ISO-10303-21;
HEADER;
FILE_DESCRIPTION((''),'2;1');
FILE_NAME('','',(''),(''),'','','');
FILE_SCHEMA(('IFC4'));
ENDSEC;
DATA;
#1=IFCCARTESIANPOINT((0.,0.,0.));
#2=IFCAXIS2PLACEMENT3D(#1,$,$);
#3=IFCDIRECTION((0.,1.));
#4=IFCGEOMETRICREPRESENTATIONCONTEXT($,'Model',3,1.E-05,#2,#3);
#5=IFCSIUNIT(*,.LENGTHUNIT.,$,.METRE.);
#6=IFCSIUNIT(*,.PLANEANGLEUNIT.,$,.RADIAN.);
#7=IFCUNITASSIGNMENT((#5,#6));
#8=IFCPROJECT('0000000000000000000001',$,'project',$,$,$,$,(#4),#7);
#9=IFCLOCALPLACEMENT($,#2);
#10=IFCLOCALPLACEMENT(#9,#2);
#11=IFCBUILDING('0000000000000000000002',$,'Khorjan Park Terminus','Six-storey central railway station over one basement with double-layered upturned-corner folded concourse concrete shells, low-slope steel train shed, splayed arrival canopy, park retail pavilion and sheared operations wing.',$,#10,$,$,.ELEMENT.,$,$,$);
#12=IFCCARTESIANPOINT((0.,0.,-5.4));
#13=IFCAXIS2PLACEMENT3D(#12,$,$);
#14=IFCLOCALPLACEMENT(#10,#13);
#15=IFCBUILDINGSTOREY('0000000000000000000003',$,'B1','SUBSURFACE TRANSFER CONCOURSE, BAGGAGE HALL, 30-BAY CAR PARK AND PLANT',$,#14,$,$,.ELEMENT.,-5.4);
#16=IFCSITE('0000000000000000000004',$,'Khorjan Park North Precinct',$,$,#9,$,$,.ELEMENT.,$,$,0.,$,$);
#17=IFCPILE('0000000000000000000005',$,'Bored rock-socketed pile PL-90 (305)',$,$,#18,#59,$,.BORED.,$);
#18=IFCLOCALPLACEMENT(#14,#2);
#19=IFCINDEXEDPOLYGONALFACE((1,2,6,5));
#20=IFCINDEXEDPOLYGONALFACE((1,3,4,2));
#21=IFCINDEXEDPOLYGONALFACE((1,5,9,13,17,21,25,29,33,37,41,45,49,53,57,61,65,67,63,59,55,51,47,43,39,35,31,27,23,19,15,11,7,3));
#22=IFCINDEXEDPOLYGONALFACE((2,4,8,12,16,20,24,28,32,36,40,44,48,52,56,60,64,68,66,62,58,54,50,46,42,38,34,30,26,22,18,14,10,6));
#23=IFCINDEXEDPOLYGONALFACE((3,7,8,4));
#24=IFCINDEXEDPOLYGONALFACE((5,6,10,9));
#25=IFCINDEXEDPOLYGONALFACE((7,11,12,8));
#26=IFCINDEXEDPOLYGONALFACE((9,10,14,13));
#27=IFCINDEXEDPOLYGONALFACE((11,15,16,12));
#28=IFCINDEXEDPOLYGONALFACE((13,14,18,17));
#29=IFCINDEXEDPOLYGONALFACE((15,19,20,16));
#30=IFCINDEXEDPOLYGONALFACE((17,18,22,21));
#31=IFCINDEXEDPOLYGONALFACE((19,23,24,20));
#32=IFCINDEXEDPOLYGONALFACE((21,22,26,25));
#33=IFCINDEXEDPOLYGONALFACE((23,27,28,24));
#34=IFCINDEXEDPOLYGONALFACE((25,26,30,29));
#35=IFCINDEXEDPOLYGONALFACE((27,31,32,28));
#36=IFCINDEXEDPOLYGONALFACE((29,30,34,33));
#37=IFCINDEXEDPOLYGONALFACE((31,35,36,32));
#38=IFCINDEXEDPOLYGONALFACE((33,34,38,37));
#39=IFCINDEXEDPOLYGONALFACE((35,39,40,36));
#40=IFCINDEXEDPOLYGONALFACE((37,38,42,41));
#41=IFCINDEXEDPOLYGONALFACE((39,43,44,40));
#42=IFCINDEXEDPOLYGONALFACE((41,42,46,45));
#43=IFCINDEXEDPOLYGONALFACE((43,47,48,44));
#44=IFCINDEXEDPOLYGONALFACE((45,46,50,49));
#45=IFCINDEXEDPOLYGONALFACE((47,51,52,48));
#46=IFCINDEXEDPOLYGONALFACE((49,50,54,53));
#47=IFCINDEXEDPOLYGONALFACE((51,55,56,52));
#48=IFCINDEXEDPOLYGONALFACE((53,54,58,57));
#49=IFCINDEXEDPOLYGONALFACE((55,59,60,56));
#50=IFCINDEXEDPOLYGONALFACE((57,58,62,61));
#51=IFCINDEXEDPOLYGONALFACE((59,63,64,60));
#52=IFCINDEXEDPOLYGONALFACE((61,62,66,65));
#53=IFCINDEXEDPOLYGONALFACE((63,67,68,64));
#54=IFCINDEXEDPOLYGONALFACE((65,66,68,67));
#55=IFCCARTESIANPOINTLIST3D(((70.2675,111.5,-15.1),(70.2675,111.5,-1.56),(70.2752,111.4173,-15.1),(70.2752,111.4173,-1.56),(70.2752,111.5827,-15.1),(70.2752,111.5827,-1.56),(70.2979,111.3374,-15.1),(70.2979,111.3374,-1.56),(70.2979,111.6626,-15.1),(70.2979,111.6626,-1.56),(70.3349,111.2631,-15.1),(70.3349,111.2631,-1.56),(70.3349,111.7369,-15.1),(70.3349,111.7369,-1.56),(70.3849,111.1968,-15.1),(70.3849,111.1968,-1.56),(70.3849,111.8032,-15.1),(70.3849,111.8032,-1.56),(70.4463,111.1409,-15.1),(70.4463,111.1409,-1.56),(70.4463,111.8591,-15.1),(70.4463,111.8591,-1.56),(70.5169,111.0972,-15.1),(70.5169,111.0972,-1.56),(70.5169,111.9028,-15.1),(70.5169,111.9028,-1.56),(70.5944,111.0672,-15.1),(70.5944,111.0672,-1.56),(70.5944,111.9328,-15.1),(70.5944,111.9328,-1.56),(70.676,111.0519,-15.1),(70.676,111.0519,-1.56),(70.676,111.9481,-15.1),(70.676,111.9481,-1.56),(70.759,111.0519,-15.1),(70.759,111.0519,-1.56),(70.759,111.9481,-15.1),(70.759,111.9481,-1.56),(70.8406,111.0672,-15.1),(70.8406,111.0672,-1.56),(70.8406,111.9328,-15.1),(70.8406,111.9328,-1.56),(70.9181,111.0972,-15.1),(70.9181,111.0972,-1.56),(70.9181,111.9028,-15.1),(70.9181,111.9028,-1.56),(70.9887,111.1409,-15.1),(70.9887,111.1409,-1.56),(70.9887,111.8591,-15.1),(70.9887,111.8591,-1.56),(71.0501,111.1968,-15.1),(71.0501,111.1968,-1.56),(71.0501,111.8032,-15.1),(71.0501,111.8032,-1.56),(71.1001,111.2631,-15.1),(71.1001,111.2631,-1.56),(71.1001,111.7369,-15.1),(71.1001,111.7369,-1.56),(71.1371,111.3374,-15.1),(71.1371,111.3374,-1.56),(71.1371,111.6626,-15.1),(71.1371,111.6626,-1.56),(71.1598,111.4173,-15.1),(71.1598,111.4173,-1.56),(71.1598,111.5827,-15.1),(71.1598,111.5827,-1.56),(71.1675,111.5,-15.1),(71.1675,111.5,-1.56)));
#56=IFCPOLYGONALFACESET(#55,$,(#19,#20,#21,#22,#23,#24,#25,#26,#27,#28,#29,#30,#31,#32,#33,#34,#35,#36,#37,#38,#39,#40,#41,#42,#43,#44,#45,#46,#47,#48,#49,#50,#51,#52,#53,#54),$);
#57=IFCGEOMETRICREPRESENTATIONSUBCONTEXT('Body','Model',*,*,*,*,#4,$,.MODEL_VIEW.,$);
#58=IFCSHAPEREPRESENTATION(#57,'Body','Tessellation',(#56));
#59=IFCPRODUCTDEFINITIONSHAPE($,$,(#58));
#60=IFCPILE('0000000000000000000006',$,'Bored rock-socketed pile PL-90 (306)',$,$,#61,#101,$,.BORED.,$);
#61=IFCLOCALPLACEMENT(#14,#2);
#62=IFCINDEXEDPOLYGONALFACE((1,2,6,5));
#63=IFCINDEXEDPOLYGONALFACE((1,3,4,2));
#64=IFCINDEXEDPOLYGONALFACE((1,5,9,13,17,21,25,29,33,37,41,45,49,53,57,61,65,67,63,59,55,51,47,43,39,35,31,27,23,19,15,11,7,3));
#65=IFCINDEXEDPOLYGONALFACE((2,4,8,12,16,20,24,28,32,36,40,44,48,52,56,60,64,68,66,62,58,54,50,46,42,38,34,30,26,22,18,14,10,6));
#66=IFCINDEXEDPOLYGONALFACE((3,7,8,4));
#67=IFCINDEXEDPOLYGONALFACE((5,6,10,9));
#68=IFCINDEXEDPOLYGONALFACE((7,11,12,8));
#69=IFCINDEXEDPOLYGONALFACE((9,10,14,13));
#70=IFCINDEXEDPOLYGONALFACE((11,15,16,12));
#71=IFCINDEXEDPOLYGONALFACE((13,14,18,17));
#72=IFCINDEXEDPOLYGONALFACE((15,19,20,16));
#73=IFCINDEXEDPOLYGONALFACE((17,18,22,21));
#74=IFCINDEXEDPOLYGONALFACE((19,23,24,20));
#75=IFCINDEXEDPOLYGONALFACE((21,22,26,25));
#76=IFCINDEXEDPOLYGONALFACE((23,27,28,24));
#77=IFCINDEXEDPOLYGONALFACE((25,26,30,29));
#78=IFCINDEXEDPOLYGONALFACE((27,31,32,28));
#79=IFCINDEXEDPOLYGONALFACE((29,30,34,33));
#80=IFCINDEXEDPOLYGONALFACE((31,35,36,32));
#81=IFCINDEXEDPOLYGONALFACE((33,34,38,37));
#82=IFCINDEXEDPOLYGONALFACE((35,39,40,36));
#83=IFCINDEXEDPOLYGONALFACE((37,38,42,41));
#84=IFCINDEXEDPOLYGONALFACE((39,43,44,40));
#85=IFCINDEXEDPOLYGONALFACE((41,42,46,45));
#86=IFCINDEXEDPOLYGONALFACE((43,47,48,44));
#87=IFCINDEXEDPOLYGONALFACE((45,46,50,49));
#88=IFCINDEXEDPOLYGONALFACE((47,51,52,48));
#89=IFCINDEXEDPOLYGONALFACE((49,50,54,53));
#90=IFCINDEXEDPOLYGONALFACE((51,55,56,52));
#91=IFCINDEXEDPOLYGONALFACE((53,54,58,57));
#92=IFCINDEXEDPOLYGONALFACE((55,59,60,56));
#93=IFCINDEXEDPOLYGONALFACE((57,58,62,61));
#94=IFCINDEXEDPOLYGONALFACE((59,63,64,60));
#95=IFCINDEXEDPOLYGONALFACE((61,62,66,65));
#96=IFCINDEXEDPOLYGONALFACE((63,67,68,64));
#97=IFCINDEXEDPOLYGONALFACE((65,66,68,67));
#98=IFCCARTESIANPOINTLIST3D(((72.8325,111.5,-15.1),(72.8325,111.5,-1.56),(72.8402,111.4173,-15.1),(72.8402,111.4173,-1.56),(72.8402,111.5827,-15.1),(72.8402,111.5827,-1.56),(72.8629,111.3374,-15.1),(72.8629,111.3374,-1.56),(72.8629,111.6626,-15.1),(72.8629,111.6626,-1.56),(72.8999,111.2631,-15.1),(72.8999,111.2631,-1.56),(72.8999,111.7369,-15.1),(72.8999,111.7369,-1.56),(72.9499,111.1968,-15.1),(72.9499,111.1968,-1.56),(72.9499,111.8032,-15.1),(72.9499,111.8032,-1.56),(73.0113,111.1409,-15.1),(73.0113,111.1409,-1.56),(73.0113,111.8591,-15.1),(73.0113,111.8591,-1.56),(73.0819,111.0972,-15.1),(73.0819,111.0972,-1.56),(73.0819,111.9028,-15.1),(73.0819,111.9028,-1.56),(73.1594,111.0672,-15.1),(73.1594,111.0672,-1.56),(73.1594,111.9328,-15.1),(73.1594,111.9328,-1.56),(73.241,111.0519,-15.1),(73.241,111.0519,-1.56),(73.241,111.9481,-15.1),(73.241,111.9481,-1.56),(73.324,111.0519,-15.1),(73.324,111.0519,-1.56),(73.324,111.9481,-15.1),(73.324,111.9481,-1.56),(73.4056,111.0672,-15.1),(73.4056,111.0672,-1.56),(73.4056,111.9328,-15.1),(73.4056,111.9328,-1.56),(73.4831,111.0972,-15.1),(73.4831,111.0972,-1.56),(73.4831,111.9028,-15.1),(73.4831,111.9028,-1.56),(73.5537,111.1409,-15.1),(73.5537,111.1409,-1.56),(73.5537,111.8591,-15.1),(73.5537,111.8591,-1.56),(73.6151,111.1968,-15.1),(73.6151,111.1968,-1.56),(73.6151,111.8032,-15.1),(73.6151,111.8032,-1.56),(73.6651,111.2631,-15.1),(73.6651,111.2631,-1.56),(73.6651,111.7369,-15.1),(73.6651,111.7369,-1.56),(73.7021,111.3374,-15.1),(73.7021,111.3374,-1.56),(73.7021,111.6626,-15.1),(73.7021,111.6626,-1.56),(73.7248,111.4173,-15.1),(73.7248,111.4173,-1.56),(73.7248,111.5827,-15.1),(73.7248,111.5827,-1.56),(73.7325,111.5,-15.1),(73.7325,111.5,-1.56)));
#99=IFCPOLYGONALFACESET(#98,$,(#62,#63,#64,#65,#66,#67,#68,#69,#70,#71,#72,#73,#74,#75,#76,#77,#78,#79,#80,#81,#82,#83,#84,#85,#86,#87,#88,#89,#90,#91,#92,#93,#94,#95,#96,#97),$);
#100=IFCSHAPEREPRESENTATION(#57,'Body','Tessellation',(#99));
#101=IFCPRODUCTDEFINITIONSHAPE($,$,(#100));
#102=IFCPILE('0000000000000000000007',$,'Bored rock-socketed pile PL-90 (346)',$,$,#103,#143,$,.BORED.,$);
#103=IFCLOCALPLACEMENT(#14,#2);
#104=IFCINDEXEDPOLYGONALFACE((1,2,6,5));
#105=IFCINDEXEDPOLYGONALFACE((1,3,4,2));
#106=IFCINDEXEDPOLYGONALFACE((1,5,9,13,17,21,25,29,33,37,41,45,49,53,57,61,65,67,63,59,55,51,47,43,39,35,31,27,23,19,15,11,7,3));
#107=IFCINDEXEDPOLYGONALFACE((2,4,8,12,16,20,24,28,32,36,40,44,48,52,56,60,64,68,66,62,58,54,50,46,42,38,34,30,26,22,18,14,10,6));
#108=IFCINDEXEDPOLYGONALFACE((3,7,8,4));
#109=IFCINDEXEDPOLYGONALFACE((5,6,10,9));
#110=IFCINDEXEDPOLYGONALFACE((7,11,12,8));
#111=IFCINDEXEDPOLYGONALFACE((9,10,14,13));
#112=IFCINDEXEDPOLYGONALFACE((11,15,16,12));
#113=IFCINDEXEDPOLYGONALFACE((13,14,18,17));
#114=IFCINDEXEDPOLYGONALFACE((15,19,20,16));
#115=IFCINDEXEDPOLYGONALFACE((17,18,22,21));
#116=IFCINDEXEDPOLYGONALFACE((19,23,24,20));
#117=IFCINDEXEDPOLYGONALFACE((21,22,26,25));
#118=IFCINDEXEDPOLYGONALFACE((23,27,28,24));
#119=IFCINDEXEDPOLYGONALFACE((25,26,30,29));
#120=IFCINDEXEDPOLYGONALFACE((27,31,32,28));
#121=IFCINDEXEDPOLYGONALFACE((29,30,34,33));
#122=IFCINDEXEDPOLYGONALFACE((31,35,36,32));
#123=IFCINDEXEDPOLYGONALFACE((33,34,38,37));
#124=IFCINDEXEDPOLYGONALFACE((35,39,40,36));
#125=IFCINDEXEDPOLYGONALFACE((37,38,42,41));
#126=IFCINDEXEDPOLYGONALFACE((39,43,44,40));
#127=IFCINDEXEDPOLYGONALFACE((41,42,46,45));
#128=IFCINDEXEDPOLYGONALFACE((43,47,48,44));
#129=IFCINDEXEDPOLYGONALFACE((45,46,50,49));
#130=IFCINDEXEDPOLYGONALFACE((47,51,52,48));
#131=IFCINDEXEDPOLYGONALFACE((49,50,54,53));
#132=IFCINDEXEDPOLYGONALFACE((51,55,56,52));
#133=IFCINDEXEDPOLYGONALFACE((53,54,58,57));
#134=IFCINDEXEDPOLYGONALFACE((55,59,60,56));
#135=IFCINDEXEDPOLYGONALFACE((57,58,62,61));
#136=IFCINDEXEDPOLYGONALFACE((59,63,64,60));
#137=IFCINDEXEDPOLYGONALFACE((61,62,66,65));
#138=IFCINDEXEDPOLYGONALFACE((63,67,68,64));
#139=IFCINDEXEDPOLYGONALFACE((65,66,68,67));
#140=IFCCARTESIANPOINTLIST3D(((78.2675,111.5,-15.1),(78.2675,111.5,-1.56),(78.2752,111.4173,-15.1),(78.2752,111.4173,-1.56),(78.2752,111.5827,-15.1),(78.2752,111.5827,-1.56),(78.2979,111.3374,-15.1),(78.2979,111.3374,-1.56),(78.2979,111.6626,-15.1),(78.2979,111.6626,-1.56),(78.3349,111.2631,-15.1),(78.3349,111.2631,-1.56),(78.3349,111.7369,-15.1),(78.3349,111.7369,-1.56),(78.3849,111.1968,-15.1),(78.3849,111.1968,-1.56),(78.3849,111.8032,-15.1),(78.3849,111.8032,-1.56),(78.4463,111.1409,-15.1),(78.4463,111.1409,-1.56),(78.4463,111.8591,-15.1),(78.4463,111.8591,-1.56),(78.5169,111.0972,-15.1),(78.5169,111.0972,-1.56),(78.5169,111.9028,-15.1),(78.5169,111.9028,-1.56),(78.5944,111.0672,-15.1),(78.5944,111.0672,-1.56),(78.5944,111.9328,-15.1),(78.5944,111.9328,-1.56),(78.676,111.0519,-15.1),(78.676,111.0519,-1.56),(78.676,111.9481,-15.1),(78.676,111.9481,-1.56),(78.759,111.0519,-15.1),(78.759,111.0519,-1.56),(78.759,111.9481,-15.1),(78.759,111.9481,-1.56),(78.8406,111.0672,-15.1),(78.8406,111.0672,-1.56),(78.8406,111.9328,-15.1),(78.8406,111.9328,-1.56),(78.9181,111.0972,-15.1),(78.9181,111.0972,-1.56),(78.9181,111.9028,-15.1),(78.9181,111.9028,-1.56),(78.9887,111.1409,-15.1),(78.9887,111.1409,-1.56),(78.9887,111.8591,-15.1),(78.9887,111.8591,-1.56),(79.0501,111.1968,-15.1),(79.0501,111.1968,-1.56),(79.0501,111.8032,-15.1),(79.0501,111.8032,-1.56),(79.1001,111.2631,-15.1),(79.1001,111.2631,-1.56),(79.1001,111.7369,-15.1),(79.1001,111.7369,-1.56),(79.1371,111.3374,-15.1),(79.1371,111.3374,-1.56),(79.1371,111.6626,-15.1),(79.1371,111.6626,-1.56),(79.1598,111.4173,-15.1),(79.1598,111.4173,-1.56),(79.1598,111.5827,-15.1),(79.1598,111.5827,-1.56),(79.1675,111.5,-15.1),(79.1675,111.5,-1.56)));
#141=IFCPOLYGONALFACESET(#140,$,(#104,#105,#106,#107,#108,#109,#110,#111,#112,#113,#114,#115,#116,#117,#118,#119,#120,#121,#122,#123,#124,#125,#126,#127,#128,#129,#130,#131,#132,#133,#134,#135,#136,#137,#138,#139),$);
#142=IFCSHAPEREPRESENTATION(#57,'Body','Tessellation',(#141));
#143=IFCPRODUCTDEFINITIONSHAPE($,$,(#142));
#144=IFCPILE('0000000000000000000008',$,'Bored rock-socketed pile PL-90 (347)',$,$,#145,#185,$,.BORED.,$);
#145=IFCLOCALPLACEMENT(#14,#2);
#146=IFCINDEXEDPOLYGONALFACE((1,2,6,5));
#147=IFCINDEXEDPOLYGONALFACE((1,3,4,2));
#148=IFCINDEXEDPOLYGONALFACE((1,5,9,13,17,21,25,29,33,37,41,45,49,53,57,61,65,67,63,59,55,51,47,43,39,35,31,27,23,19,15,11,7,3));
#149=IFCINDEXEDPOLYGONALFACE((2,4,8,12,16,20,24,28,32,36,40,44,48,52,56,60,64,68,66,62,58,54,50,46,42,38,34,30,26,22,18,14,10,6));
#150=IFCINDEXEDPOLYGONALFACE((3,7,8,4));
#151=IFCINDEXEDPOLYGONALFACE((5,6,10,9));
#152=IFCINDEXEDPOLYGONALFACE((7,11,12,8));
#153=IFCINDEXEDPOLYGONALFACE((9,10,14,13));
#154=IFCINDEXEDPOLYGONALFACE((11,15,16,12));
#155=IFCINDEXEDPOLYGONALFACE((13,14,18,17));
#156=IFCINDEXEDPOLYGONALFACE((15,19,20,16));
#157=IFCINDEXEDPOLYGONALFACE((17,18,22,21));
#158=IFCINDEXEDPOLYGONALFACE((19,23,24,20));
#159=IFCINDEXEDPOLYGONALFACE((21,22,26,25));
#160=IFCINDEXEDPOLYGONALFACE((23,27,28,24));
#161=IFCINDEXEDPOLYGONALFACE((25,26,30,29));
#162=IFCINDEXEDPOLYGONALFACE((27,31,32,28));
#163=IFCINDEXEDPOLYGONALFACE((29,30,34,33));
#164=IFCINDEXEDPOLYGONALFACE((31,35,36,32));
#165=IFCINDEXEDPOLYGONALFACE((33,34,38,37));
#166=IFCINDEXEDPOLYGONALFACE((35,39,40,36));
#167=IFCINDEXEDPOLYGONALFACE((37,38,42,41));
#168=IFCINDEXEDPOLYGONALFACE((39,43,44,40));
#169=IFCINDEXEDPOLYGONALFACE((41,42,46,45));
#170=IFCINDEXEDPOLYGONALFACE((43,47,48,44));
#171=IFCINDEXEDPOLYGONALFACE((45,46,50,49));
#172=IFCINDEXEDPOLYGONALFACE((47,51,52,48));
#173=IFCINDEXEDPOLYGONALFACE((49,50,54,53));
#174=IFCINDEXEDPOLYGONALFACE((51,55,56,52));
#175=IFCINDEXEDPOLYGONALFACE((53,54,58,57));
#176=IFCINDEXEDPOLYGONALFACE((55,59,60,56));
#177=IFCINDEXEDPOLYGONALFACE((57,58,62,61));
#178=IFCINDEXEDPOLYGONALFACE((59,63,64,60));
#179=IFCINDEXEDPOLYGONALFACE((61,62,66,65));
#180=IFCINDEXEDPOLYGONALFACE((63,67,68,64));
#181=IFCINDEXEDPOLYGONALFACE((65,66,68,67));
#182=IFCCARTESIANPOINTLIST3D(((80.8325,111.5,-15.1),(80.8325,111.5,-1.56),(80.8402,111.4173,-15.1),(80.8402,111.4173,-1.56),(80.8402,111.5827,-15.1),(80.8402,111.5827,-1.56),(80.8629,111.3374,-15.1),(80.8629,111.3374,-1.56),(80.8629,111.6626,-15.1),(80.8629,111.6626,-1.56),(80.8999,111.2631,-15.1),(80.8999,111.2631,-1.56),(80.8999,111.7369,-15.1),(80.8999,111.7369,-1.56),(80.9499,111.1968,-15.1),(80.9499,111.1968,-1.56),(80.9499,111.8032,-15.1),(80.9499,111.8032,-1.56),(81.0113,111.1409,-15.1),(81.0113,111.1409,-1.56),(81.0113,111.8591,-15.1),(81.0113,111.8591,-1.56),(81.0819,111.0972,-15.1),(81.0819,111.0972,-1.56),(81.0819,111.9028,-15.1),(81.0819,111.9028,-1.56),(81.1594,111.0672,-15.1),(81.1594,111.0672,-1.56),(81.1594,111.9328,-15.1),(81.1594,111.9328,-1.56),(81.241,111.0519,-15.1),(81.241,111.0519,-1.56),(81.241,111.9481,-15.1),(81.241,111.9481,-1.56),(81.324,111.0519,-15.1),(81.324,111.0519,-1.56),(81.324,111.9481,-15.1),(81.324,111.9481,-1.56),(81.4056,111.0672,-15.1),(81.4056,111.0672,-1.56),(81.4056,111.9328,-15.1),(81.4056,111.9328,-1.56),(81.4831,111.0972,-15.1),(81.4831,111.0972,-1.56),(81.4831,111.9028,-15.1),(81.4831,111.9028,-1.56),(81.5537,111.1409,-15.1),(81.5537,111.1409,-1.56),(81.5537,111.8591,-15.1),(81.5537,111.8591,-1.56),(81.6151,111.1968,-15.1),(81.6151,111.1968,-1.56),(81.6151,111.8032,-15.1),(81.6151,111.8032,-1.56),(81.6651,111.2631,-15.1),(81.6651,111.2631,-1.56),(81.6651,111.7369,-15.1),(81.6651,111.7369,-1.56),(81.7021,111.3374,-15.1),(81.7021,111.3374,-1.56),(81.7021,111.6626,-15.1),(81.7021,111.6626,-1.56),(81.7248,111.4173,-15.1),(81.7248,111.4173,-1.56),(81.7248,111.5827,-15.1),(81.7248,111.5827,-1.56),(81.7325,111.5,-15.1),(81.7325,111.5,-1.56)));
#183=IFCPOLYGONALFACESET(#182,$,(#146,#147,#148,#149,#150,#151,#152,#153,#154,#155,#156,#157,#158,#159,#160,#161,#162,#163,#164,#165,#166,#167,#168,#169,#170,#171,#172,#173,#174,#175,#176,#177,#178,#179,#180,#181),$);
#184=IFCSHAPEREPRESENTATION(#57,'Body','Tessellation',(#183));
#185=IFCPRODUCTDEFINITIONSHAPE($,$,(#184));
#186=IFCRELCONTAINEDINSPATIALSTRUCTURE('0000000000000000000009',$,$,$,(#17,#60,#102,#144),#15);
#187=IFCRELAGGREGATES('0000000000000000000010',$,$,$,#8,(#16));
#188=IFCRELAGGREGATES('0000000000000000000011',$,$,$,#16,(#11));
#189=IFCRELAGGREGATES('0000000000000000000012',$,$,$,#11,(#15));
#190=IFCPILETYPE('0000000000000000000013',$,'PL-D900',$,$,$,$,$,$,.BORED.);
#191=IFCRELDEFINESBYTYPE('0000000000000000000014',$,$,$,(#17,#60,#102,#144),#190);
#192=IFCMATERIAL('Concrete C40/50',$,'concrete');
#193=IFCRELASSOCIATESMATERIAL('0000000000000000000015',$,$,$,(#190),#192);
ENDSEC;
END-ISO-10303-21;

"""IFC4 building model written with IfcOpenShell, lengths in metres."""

from ifc_helpers import new_model, si_unit, direction, frame, origin, origin_2d, place, context, subcontext, project, spatial, circle, extrude, material, material_profile, profile_set, type_object, element, save


model = new_model("IFC4")

# Units and contexts
model_context = context("Model", 3, precision=1e-05, world=origin(), true_north=direction((0.0, 1.0)))
body_context = subcontext(model_context, "Body", "Model", "MODEL_VIEW")
ifc_project = project(units=[si_unit("LENGTHUNIT", "METRE"), si_unit("PLANEANGLEUNIT", "RADIAN")], contexts=[model_context])

# Site, building, storey
site_placement = place(None, origin())
site = spatial("IfcSite", under=ifc_project, at=site_placement, Name="Khorjan Park North Precinct", CompositionType="ELEMENT", RefElevation=0.0)
building_placement = place(site_placement, origin())
building = spatial("IfcBuilding", under=site, at=building_placement, Name="Khorjan Park Terminus", Description="Six-storey central railway station over one basement with double-layered upturned-corner folded concourse concrete shells, low-slope steel train shed, splayed arrival canopy, park retail pavilion and sheared operations wing.", CompositionType="ELEMENT")
storey_placement = place(building_placement, frame((0.0, 0.0, -5.4)))
storey = spatial("IfcBuildingStorey", under=building, at=storey_placement, Name="B1", Description="SUBSURFACE TRANSFER CONCOURSE, BAGGAGE HALL, 30-BAY CAR PARK AND PLANT", CompositionType="ELEMENT", Elevation=-5.4)

# Shared definitions
ifc_material_1 = material(Name="Concrete C40/50", Category="concrete")

# Piles
ifc_material_profile_1 = material_profile(ifc_material_1, circle(Radius=0.45, at=origin_2d()), Name="BORED D900")
ifc_profile_set_1 = profile_set([ifc_material_profile_1], Name="Concrete C40/50")
pile_type_1 = type_object("IfcPileType", Name="PL-D900", PredefinedType="BORED", material=ifc_profile_set_1)
for number, where, z_axis, x_axis, name in (
    (1, (70.7175, 111.5, -1.56), (0.0, 0.0, -1.0), (1.0, 0.0, 0.0), "Bored rock-socketed pile PL-90 (305)"),
    (2, (73.2825, 111.5, -1.56), (0.0, 0.0, -1.0), (1.0, 0.0, 0.0), "Bored rock-socketed pile PL-90 (306)"),
    (3, (78.7175, 111.5, -1.56), (0.0, 0.0, -1.0), (1.0, 0.0, 0.0), "Bored rock-socketed pile PL-90 (346)"),
    (4, (81.2825, 111.5, -1.56), (0.0, 0.0, -1.0), (1.0, 0.0, 0.0), "Bored rock-socketed pile PL-90 (347)"),
):
    element("IfcPile", number, at=place(storey_placement, frame(where, z_axis=z_axis, x_axis=x_axis)), inside=storey, type_object=pile_type_1, Name=name, PredefinedType="BORED", context=body_context, shape_type="SweptSolid", body=[
        extrude(circle(Radius=0.45, at=origin_2d()), origin(), (0.0, 0.0, 1.0), 13.54),
    ])

save(model, "model.ifc")
